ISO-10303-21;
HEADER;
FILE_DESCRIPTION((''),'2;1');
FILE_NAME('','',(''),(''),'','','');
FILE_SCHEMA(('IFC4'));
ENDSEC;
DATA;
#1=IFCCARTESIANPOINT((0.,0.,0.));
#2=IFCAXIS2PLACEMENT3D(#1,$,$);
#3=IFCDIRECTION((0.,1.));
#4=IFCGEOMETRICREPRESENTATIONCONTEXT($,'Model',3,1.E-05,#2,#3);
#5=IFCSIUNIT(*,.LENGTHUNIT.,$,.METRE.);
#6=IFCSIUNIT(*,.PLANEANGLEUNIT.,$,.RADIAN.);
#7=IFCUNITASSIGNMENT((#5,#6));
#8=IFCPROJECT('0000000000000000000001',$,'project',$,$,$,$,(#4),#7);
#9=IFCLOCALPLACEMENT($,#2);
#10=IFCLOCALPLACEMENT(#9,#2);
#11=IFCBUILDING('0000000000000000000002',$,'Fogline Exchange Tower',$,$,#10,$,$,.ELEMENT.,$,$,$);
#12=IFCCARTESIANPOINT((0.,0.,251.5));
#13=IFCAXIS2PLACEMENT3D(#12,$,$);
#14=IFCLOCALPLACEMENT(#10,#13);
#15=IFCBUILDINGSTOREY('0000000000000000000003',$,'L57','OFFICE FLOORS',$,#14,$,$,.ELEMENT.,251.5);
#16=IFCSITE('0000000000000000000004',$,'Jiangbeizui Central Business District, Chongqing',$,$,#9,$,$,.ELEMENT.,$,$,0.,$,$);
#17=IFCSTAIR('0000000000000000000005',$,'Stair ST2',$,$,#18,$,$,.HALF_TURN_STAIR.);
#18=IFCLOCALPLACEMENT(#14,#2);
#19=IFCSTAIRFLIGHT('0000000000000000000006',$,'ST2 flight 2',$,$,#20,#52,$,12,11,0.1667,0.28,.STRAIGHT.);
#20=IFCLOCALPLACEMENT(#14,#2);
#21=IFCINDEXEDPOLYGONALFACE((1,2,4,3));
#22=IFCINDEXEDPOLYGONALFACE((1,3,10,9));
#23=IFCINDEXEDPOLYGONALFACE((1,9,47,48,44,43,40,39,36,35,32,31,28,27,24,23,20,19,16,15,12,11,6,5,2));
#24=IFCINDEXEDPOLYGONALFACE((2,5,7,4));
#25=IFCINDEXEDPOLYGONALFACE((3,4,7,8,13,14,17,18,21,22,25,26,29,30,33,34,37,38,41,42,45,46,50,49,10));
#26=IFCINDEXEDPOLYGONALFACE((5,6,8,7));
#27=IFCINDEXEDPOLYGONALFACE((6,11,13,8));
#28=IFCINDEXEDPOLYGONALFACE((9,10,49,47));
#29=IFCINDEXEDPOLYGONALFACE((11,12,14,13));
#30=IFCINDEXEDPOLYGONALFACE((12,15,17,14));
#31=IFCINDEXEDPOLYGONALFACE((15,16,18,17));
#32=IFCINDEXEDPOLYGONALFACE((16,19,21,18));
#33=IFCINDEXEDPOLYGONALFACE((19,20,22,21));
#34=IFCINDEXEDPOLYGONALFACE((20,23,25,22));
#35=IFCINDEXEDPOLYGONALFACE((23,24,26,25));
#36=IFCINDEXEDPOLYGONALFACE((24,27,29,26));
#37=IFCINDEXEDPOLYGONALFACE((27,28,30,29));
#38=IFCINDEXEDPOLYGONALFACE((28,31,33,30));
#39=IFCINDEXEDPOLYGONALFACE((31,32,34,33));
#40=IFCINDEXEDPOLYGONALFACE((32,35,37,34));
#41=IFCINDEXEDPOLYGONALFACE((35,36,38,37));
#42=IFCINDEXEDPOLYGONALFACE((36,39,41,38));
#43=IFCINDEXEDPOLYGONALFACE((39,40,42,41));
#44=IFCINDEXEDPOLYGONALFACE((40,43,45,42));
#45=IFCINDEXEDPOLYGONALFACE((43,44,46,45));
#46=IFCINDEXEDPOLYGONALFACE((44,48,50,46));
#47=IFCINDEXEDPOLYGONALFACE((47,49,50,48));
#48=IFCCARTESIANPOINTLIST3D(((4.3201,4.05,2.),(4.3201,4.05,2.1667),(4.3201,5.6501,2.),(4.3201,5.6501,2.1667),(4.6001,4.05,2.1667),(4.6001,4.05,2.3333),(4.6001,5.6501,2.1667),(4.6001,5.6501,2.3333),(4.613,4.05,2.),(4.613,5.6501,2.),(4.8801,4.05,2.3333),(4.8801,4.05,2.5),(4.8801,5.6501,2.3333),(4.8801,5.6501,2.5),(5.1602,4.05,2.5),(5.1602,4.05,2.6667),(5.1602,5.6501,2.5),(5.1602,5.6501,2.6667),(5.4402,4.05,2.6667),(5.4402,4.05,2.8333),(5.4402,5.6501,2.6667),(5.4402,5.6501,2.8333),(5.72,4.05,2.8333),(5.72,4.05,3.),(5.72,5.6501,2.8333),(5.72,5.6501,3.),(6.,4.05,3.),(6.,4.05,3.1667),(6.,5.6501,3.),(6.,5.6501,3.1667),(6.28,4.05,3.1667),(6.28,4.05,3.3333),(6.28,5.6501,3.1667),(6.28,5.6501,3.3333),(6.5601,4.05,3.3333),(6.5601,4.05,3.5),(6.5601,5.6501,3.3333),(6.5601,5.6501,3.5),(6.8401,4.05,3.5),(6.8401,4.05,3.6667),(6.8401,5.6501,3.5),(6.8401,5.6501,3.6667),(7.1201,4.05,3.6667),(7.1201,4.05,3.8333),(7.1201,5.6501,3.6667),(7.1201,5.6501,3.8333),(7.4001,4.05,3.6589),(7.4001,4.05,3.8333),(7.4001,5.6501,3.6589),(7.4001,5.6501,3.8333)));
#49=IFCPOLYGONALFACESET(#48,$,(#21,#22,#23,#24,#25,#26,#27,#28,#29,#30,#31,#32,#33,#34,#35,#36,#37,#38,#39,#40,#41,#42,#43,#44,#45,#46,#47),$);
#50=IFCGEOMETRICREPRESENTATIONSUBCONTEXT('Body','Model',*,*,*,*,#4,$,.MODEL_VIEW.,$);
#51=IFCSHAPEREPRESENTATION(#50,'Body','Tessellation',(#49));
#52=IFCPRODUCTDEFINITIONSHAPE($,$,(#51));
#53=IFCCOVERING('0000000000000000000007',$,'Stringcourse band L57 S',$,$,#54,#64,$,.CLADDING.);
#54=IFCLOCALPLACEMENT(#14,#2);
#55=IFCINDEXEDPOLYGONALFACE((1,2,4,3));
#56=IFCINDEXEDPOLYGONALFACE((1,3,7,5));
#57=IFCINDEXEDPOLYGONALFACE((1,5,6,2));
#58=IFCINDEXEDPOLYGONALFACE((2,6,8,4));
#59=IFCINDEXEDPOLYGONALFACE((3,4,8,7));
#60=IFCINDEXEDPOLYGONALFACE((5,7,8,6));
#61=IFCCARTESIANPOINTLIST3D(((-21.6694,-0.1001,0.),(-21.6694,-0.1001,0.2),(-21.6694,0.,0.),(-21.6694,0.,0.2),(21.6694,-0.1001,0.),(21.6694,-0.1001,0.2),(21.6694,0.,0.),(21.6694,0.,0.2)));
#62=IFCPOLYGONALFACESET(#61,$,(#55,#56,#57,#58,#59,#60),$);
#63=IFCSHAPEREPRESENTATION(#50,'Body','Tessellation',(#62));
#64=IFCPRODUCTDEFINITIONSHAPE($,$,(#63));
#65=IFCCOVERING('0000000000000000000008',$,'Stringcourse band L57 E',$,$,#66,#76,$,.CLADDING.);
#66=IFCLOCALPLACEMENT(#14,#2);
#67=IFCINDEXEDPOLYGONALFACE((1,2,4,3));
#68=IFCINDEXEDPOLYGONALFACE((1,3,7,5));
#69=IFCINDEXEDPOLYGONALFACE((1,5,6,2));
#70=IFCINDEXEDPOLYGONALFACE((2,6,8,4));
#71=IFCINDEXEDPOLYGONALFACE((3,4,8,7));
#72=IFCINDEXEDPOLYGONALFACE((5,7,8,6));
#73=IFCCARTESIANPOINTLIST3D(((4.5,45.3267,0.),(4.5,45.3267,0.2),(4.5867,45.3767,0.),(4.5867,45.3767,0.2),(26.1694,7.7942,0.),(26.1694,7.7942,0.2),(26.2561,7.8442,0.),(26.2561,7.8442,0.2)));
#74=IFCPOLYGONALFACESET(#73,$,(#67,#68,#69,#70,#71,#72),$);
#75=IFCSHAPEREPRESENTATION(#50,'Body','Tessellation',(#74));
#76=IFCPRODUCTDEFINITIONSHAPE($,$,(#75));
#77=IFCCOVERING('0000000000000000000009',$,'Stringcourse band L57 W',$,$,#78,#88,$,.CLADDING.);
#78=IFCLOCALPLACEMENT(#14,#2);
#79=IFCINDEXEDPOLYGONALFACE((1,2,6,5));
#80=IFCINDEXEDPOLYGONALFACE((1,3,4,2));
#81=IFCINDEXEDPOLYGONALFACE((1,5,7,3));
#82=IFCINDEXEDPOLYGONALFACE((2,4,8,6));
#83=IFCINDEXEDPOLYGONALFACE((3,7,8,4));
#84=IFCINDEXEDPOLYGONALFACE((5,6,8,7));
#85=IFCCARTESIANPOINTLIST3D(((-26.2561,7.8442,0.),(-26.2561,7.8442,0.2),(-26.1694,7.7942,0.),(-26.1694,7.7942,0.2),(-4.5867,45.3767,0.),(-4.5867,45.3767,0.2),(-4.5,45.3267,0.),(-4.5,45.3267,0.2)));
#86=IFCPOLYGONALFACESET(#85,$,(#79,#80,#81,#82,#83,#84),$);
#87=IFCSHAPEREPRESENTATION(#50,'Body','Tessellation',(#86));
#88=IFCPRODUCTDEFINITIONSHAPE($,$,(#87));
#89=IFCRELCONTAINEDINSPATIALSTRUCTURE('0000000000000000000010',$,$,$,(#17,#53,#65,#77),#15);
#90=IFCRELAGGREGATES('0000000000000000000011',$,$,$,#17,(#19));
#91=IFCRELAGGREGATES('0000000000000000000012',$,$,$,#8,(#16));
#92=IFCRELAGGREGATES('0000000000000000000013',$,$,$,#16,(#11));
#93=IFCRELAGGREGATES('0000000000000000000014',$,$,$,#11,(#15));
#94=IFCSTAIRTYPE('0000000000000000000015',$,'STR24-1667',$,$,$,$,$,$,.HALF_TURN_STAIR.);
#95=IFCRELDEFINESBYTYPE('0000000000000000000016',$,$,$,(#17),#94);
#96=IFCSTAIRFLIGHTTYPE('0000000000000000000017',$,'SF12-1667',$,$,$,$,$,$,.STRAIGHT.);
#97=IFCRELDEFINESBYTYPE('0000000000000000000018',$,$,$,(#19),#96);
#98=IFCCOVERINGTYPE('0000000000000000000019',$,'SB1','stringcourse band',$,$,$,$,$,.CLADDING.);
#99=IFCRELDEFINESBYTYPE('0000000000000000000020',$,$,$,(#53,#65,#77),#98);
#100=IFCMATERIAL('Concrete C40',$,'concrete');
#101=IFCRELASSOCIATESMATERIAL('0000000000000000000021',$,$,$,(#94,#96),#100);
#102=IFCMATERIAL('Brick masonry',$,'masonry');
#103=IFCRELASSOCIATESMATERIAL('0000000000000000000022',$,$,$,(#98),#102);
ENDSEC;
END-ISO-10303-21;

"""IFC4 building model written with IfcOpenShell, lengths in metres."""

from ifc_helpers import new_model, si_unit, direction, frame, origin, place, context, subcontext, project, spatial, polyline, outline, extrude, material, type_object, element, aggregate, save


model = new_model("IFC4")

# Units and contexts
model_context = context("Model", 3, precision=1e-05, world=origin(), true_north=direction((0.0, 1.0)))
body_context = subcontext(model_context, "Body", "Model", "MODEL_VIEW")
ifc_project = project(units=[si_unit("LENGTHUNIT", "METRE"), si_unit("PLANEANGLEUNIT", "RADIAN")], contexts=[model_context])

# Site, building, storey
site_placement = place(None, origin())
site = spatial("IfcSite", under=ifc_project, at=site_placement, Name="Jiangbeizui Central Business District, Chongqing", CompositionType="ELEMENT", RefElevation=0.0)
building_placement = place(site_placement, origin())
building = spatial("IfcBuilding", under=site, at=building_placement, Name="Fogline Exchange Tower", CompositionType="ELEMENT")
storey_placement = place(building_placement, frame((0.0, 0.0, 251.5)))
storey = spatial("IfcBuildingStorey", under=building, at=storey_placement, Name="L57", Description="OFFICE FLOORS", CompositionType="ELEMENT", Elevation=251.5)

# Shared definitions
ifc_material_1 = material(Name="Concrete C40", Category="concrete")

# Stair
stair_type = type_object("IfcStairType", Name="STR24-1667", PredefinedType="HALF_TURN_STAIR", material=ifc_material_1)
stair_1_placement = place(storey_placement, origin())
stair_1 = element("IfcStair", 1, at=stair_1_placement, inside=storey, type_object=stair_type, Name="Stair ST2", PredefinedType="HALF_TURN_STAIR")

# Shared definitions
ifc_material_2 = material(Name="Brick masonry", Category="masonry")

# Stair flight
stair_flight_type = type_object("IfcStairFlightType", Name="SF12-1667", PredefinedType="STRAIGHT", material=ifc_material_1)
stair_flight_placement = place(storey_placement, frame((4.3201, 4.8501, 2.0), z_axis=(0.0, 0.0, 1.0), x_axis=(1.0, 0.0, 0.0)))
stair_flight = element("IfcStairFlight", 2, at=stair_flight_placement, type_object=stair_flight_type, Name="ST2 flight 2", NumberOfRisers=12, NumberOfTreads=11, PredefinedType="STRAIGHT", RiserHeight=0.1667, TreadLength=0.28, context=body_context, shape_type="SweptSolid", body=[
    extrude(outline(polyline([(0.0, 0.0), (0.0, 0.1667), (0.28, 0.1667), (0.28, 0.3333), (0.5601, 0.3333), (0.5601, 0.5), (0.8401, 0.5), (0.8401, 0.6667), (1.1201, 0.6667), (1.1201, 0.8333), (1.3999, 0.8333), (1.3999, 1.0), (1.6799, 1.0), (1.6799, 1.1667), (1.96, 1.1667), (1.96, 1.3333), (2.24, 1.3333), (2.24, 1.5), (2.52, 1.5), (2.52, 1.6667), (2.8, 1.6667), (2.8, 1.8333), (3.0801, 1.8333), (3.0801, 2.0), (3.0801, 1.6589), (0.293, 0.0), (0.0, 0.0)])), frame((0.0, 0.8, 0.0), z_axis=(0.0, -1.0, 0.0), x_axis=(1.0, 0.0, 0.0)), (0.0, 0.0, 1.0), 1.6001),
])
aggregate(stair_1, [stair_flight])

# Coverings
covering_type = type_object("IfcCoveringType", Name="SB1", Description="stringcourse band", PredefinedType="CLADDING", material=ifc_material_2)
covering_1_placement = place(storey_placement, origin())
element("IfcCovering", 3, at=covering_1_placement, inside=storey, type_object=covering_type, Name="Stringcourse band L57 S", PredefinedType="CLADDING", context=body_context, shape_type="SweptSolid", body=[
    extrude(outline(polyline([(-21.6694, 0.0), (-21.6694, -0.1001), (21.6694, -0.1001), (21.6694, 0.0), (-21.6694, 0.0)])), origin(), (0.0, 0.0, 1.0), 0.2),
])
covering_2_placement = place(storey_placement, origin())
element("IfcCovering", 4, at=covering_2_placement, inside=storey, type_object=covering_type, Name="Stringcourse band L57 E", PredefinedType="CLADDING", context=body_context, shape_type="SweptSolid", body=[
    extrude(outline(polyline([(26.1694, 7.7942), (26.2561, 7.8442), (4.5867, 45.3767), (4.5, 45.3267), (26.1694, 7.7942)])), origin(), (0.0, 0.0, 1.0), 0.2),
])
covering_3_placement = place(storey_placement, origin())
element("IfcCovering", 5, at=covering_3_placement, inside=storey, type_object=covering_type, Name="Stringcourse band L57 W", PredefinedType="CLADDING", context=body_context, shape_type="SweptSolid", body=[
    extrude(outline(polyline([(-4.5, 45.3267), (-4.5867, 45.3767), (-26.2561, 7.8442), (-26.1694, 7.7942), (-4.5, 45.3267)])), origin(), (0.0, 0.0, 1.0), 0.2),
])

save(model, "model.ifc")
